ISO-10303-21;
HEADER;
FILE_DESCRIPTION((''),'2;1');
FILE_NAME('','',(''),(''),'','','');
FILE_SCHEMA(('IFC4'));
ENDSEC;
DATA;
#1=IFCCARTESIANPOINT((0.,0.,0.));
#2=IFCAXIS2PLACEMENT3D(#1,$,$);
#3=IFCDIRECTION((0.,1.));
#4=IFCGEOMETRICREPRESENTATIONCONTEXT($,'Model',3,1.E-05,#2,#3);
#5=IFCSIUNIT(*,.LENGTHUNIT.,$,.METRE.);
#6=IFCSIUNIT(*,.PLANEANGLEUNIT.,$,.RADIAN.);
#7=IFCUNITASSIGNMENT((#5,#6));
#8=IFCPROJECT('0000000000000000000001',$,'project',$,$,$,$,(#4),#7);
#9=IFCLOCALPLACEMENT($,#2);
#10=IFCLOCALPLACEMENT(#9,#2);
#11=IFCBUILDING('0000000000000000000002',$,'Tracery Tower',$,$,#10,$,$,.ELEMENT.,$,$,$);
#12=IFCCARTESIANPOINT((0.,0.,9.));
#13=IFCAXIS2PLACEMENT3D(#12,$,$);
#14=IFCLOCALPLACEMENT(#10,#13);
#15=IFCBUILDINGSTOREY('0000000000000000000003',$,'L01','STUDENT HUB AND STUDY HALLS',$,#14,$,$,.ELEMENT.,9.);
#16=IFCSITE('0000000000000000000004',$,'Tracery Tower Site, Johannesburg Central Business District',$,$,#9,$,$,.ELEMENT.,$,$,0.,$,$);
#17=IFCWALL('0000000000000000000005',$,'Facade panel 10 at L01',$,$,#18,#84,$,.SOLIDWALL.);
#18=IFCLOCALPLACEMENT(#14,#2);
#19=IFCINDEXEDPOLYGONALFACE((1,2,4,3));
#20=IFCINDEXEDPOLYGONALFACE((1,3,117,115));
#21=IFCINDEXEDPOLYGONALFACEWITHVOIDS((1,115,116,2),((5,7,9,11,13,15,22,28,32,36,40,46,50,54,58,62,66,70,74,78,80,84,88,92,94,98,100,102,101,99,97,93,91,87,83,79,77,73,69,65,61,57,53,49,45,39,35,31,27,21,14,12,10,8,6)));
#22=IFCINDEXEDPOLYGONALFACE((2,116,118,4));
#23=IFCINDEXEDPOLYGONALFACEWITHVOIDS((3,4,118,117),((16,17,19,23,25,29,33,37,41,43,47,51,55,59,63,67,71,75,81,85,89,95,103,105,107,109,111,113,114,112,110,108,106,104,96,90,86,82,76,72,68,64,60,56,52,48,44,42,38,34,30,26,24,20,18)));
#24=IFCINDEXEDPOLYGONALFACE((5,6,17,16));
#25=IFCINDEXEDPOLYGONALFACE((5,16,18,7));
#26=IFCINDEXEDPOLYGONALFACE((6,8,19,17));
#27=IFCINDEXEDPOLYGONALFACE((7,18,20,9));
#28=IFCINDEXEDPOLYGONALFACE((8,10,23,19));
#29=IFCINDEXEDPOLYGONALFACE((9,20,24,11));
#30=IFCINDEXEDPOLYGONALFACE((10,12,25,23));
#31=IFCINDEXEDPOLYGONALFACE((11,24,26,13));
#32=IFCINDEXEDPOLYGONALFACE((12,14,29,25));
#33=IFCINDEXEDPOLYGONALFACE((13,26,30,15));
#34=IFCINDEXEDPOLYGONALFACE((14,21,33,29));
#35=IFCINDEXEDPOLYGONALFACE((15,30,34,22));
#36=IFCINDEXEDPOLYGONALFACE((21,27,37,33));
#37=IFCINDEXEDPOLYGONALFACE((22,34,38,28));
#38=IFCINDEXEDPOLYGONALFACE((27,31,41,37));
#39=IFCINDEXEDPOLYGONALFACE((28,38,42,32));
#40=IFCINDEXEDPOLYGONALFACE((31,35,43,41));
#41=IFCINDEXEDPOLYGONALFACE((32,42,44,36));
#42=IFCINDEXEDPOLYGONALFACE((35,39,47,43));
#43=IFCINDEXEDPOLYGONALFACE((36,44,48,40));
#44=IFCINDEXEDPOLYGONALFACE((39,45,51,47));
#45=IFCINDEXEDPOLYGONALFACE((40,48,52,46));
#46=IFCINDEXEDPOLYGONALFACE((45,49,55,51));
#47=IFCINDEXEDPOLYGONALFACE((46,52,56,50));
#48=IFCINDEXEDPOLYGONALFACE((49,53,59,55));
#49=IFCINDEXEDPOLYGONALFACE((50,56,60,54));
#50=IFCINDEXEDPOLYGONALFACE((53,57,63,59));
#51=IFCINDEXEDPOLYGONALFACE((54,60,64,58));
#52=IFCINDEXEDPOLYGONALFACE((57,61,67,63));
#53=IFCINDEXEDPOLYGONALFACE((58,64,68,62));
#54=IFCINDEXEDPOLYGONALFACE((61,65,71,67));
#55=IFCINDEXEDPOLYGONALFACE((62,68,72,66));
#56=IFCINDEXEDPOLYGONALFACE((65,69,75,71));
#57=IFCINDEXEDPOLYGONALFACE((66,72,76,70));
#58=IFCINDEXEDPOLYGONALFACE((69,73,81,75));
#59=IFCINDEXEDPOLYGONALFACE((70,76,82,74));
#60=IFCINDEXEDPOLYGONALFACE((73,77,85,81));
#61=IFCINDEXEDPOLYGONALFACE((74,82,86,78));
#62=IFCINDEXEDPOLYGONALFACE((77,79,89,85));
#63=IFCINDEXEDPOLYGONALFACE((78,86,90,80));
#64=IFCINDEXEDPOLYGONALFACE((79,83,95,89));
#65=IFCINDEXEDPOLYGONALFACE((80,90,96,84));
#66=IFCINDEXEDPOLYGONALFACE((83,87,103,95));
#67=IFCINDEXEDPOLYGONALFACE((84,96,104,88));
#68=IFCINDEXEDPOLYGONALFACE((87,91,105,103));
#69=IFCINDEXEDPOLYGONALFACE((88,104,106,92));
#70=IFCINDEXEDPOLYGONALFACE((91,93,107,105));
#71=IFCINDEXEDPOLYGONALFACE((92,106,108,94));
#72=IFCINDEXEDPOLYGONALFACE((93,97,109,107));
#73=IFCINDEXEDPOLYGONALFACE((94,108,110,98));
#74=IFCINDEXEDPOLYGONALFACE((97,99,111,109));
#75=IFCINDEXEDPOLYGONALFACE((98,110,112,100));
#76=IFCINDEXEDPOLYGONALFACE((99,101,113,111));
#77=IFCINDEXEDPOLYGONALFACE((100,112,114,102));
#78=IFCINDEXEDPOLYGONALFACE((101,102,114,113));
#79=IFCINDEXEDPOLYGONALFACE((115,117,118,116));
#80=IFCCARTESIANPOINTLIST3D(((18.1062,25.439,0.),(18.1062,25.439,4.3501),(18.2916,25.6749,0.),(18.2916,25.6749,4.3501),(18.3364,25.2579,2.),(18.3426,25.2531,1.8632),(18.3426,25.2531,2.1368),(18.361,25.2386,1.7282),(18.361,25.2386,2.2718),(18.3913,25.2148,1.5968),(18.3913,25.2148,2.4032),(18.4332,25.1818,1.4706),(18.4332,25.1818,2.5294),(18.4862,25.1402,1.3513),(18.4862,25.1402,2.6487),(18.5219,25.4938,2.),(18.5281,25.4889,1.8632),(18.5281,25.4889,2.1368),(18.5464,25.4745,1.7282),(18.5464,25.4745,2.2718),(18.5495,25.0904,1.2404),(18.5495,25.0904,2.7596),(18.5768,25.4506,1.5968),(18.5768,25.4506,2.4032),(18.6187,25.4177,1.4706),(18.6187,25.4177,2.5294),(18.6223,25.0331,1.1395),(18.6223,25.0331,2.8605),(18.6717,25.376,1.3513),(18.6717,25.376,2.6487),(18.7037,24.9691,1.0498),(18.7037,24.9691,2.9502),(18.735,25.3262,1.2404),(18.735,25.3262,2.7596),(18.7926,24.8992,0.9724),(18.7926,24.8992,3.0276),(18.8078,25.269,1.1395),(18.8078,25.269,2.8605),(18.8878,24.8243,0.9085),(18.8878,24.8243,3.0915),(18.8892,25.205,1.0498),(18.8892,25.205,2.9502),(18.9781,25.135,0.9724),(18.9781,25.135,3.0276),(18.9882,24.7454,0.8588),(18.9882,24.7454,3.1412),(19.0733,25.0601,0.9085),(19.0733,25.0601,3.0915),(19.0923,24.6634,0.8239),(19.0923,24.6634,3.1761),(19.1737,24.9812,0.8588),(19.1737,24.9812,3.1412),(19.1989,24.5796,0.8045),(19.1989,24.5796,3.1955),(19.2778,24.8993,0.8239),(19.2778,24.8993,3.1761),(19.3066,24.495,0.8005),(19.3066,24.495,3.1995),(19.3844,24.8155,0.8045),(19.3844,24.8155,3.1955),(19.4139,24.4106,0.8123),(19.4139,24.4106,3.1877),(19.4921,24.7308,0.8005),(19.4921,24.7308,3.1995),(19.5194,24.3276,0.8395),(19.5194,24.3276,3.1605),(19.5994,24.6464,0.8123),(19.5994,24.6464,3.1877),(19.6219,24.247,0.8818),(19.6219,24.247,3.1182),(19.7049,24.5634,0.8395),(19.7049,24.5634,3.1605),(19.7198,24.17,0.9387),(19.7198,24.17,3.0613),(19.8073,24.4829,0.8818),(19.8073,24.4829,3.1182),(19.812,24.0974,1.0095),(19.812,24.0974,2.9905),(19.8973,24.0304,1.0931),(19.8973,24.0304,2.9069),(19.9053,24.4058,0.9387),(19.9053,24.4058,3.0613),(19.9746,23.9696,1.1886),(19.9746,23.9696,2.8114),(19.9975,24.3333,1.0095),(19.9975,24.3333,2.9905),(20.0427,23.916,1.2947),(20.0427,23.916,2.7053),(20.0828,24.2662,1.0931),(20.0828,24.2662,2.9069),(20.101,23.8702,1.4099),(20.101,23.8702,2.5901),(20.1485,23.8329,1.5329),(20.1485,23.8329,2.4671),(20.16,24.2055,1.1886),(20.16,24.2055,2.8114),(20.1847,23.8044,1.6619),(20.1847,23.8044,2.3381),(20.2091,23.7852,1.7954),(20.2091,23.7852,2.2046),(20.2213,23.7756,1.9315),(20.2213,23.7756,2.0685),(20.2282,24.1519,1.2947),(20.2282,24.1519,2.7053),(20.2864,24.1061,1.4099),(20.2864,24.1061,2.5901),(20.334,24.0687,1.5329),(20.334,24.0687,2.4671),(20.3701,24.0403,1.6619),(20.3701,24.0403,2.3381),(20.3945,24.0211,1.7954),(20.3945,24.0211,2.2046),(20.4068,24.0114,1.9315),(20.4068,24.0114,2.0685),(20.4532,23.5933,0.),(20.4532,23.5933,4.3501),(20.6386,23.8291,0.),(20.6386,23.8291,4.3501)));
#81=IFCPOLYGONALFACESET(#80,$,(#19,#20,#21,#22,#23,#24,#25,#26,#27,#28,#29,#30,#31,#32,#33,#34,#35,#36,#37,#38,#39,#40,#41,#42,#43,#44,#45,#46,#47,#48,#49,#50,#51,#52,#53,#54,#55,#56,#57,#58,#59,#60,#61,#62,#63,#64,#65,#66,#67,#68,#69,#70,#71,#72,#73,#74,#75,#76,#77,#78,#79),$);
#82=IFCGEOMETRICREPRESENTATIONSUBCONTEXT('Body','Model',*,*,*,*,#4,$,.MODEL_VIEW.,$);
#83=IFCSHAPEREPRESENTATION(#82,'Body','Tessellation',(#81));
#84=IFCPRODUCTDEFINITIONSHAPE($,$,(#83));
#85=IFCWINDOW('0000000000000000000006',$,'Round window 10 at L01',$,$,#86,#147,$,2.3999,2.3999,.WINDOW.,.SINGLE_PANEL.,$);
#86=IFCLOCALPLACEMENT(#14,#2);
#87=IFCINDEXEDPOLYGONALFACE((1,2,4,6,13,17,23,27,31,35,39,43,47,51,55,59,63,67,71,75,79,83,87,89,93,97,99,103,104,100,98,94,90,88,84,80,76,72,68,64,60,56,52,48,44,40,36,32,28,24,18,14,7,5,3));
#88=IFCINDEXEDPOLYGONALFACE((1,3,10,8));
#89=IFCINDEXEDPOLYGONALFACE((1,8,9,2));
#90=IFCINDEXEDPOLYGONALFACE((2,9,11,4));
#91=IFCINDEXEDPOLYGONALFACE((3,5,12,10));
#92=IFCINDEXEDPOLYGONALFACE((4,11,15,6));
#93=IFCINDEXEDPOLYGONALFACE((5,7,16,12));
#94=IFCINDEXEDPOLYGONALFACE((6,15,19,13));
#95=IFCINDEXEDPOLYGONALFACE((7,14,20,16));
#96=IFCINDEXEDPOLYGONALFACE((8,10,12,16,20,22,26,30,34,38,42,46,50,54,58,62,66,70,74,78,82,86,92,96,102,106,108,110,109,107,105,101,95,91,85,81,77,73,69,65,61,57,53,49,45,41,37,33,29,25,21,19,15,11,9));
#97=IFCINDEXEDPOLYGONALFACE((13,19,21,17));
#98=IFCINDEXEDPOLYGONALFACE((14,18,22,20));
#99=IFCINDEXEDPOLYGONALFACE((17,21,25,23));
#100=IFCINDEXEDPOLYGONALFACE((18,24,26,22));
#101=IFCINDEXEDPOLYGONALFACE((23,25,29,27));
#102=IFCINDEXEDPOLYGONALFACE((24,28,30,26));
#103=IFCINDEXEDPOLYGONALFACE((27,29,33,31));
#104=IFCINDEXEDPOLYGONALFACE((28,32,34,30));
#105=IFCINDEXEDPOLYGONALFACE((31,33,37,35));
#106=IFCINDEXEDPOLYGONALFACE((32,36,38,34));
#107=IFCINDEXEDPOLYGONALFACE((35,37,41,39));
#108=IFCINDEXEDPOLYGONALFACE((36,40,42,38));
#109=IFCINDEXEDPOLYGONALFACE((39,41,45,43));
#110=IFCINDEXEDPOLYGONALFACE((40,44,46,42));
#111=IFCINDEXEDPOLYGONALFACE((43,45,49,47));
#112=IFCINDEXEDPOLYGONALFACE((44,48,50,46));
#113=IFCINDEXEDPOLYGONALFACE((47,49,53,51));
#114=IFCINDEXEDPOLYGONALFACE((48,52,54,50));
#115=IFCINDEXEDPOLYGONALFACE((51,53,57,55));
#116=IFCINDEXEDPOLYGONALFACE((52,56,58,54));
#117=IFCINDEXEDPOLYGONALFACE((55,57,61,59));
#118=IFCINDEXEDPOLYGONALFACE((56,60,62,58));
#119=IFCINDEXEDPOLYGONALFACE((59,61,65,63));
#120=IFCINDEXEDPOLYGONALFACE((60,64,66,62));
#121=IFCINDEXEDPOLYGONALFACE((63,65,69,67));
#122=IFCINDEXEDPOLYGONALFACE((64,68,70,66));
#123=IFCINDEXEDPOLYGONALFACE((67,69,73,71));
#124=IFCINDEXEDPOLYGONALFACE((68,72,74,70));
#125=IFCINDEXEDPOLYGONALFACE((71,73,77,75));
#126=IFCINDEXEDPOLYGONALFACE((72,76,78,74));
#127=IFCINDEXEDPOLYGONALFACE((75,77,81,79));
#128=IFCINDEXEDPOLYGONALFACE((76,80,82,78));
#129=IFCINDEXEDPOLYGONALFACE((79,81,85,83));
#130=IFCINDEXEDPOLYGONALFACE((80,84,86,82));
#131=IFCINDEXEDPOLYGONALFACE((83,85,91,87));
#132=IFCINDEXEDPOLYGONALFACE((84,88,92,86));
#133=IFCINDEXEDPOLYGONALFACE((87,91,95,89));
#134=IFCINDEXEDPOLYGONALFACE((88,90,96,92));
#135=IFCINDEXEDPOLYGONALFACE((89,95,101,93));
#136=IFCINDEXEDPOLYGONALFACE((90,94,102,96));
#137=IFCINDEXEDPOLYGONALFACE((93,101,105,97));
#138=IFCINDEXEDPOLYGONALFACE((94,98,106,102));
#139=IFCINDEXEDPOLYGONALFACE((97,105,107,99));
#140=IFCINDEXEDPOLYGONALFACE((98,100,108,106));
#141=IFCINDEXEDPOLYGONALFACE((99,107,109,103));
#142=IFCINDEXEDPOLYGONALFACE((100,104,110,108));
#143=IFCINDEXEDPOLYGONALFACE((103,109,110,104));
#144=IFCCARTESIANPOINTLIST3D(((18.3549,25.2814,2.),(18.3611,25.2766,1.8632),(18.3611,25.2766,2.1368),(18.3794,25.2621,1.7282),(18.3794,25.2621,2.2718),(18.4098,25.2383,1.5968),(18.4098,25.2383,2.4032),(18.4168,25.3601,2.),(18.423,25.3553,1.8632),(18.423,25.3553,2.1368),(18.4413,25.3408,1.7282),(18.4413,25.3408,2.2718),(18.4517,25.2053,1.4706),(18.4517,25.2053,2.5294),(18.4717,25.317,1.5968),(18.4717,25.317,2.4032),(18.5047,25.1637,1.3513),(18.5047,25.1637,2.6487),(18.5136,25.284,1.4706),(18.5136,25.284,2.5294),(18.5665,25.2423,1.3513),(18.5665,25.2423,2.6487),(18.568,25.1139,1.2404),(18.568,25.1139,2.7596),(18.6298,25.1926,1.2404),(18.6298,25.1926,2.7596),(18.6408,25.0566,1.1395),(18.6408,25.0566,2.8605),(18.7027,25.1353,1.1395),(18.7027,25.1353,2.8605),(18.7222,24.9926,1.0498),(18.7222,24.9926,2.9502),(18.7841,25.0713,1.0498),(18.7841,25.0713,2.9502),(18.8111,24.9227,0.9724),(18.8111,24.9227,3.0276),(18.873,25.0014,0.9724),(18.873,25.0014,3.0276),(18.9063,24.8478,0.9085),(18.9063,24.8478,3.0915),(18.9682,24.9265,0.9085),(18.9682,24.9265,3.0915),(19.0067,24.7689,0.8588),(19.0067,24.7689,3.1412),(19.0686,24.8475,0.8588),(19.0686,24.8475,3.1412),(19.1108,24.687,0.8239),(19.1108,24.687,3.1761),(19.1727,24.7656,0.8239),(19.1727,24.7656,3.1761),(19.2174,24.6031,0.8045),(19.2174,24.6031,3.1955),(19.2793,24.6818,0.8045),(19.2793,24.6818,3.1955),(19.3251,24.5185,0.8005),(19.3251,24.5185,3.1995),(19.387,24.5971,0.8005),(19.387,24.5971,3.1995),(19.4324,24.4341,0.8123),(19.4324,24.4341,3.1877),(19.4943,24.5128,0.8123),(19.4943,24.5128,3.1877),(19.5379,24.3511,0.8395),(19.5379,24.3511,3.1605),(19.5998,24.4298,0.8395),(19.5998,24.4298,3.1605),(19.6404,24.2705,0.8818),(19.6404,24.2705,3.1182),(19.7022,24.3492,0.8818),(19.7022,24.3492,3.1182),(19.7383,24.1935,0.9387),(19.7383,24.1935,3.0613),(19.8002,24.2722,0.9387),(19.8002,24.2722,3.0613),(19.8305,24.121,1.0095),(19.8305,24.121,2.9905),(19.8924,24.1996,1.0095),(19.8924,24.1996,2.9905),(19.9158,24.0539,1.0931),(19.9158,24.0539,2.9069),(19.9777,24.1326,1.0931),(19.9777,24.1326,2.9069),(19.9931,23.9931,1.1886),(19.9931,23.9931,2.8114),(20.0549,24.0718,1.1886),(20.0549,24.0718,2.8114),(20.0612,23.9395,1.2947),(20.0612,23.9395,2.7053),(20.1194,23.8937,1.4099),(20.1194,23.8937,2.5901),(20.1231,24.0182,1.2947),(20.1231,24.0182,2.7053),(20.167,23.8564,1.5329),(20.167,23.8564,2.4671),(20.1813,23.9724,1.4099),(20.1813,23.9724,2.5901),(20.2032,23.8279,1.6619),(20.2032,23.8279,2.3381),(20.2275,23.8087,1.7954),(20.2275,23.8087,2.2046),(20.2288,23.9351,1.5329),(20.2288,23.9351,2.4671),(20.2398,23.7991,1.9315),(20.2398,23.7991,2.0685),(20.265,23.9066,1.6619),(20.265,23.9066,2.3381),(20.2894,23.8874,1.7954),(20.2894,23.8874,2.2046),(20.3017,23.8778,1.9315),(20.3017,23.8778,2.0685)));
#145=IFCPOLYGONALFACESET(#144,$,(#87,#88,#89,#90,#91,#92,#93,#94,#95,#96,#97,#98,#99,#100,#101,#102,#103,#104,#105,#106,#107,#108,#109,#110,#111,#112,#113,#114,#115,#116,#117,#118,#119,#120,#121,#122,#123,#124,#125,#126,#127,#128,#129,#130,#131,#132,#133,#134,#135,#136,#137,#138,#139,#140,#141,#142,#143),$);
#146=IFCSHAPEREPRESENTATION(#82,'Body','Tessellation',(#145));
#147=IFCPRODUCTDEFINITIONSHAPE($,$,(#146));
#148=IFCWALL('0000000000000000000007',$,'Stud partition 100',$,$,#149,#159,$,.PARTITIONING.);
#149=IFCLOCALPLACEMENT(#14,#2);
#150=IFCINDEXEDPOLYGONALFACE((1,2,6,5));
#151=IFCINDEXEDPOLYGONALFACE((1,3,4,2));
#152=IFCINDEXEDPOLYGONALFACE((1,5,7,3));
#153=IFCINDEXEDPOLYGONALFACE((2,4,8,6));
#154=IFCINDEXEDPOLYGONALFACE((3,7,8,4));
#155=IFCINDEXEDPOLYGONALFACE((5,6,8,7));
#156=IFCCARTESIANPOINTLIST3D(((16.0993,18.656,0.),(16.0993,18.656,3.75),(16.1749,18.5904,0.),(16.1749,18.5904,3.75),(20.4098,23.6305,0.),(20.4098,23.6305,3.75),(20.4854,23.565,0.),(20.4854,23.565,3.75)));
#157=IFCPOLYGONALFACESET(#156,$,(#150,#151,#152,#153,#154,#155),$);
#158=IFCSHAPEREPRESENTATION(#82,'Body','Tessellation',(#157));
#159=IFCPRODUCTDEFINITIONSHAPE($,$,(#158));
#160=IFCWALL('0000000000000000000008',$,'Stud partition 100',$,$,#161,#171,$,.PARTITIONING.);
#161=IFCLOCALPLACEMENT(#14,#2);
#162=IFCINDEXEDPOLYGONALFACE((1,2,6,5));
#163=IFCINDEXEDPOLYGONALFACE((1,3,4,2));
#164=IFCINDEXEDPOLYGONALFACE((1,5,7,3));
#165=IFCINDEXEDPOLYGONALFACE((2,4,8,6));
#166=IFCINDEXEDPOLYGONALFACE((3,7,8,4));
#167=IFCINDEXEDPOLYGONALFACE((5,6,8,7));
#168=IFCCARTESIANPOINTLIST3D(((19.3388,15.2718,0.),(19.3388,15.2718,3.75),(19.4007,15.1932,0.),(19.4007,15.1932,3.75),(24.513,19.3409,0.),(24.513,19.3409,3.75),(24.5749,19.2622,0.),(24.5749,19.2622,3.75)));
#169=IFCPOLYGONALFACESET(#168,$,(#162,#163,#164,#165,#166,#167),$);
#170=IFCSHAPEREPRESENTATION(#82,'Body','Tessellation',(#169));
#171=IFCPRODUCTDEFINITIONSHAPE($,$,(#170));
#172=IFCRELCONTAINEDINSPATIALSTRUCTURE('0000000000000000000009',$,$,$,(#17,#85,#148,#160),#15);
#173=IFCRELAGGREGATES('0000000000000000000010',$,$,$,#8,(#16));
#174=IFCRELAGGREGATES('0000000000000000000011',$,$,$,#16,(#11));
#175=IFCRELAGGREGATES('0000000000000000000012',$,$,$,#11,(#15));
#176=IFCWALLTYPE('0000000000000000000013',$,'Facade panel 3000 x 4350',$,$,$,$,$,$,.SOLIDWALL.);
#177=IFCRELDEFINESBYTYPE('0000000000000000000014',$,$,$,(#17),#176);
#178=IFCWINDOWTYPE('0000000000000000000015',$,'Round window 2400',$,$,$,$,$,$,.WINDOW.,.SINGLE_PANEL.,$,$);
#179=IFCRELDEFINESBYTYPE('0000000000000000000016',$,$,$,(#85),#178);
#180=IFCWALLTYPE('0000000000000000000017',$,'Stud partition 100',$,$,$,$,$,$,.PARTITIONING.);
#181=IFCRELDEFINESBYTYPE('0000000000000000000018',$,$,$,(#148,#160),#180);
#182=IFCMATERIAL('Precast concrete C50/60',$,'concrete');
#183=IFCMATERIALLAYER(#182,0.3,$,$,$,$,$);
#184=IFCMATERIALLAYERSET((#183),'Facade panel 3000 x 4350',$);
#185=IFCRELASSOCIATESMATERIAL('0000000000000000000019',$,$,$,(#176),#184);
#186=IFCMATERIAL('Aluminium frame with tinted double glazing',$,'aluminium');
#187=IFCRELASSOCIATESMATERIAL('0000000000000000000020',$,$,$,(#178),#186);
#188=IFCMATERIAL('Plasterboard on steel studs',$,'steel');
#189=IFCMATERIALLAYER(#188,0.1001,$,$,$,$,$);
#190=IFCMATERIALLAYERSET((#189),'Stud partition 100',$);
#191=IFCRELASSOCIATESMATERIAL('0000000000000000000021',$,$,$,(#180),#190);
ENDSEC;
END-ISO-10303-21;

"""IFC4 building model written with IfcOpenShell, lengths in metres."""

from ifc_helpers import new_model, si_unit, direction, frame, frame_2d, origin, origin_2d, place, context, subcontext, project, spatial, rectangle, circle, extrude, material, layer, layer_set, type_object, element, fill, save


model = new_model("IFC4")

# Units and contexts
model_context = context("Model", 3, precision=1e-05, world=origin(), true_north=direction((0.0, 1.0)))
body_context = subcontext(model_context, "Body", "Model", "MODEL_VIEW")
ifc_project = project(units=[si_unit("LENGTHUNIT", "METRE"), si_unit("PLANEANGLEUNIT", "RADIAN")], contexts=[model_context])

# Site, building, storey
site_placement = place(None, origin())
site = spatial("IfcSite", under=ifc_project, at=site_placement, Name="Tracery Tower Site, Johannesburg Central Business District", CompositionType="ELEMENT", RefElevation=0.0)
building_placement = place(site_placement, origin())
building = spatial("IfcBuilding", under=site, at=building_placement, Name="Tracery Tower", CompositionType="ELEMENT")
storey_placement = place(building_placement, frame((0.0, 0.0, 9.0)))
storey = spatial("IfcBuildingStorey", under=building, at=storey_placement, Name="L01", Description="STUDENT HUB AND STUDY HALLS", CompositionType="ELEMENT", Elevation=9.0)

# Wall, opening, window
ifc_material_1 = material(Name="Precast concrete C50/60", Category="concrete")
ifc_layer_1 = layer(ifc_material_1, 0.3)
ifc_layer_set_1 = layer_set([ifc_layer_1], Name="Facade panel 3000 x 4350")
wall_type_1 = type_object("IfcWallType", Name="Facade panel 3000 x 4350", PredefinedType="SOLIDWALL", material=ifc_layer_set_1)
ifc_material_2 = material(Name="Aluminium frame with tinted double glazing", Category="aluminium")
window_type = type_object("IfcWindowType", Name="Round window 2400", PartitioningType="SINGLE_PANEL", PredefinedType="WINDOW", material=ifc_material_2)
wall_1_placement = place(storey_placement, frame((20.5459, 23.7112, 0.0), z_axis=(0.0, 0.0, 1.0), x_axis=(-0.786043, 0.618172, 0.0)))
wall_1 = element("IfcWall", 1, at=wall_1_placement, inside=storey, type_object=wall_type_1, Name="Facade panel 10 at L01", PredefinedType="SOLIDWALL", context=body_context, shape_type="SweptSolid", body=[
    extrude(rectangle(XDim=2.9858, YDim=0.3, at=frame_2d((1.4929, 0.0))), origin(), (0.0, 0.0, 1.0), 4.3501),
])
opening_1_placement = place(wall_1_placement, frame((1.4929, 0.0, 2.0)))
opening_1 = element("IfcOpeningElement", 2, at=opening_1_placement, cuts=wall_1, PredefinedType="OPENING", context=body_context, shape_type="SweptSolid", body=[
    extrude(circle(Radius=1.2, at=origin_2d()), frame((0.0, 0.1599, 0.0), z_axis=(0.0, -1.0, 0.0), x_axis=(1.0, 0.0, 0.0)), (0.0, 0.0, 1.0), 0.3201),
])
window_1_placement = place(opening_1_placement, origin())
window_1 = element("IfcWindow", 3, at=window_1_placement, inside=storey, type_object=window_type, Name="Round window 10 at L01", OverallHeight=2.3999, OverallWidth=2.3999, PartitioningType="SINGLE_PANEL", PredefinedType="WINDOW", context=body_context, shape_type="SweptSolid", body=[
    extrude(circle(Radius=1.2, at=origin_2d()), frame((0.0, 0.1201, 0.0), z_axis=(0.0, -1.0, 0.0), x_axis=(1.0, 0.0, 0.0)), (0.0, 0.0, 1.0), 0.1001),
])
fill(opening_1, window_1)

# Walls
ifc_material_3 = material(Name="Plasterboard on steel studs", Category="steel")
ifc_layer_2 = layer(ifc_material_3, 0.1001)
ifc_layer_set_2 = layer_set([ifc_layer_2], Name="Stud partition 100")
wall_type_2 = type_object("IfcWallType", Name="Stud partition 100", PredefinedType="PARTITIONING", material=ifc_layer_set_2)
wall_2_placement = place(storey_placement, frame((20.4475, 23.5977, 0.0), z_axis=(0.0, 0.0, 1.0), x_axis=(-0.654863, -0.755748, 0.0)))
element("IfcWall", 4, at=wall_2_placement, inside=storey, type_object=wall_type_2, Name="Stud partition 100", PredefinedType="PARTITIONING", context=body_context, shape_type="SweptSolid", body=[
    extrude(rectangle(XDim=6.5823, YDim=0.1001, at=frame_2d((3.291, 0.0))), origin(), (0.0, 0.0, 1.0), 3.75),
])
wall_3_placement = place(storey_placement, frame((24.5439, 19.3015, 0.0), z_axis=(0.0, 0.0, 1.0), x_axis=(-0.786056, -0.618156, 0.0)))
element("IfcWall", 5, at=wall_3_placement, inside=storey, type_object=wall_type_2, Name="Stud partition 100", PredefinedType="PARTITIONING", context=body_context, shape_type="SweptSolid", body=[
    extrude(rectangle(XDim=6.5825, YDim=0.1001, at=frame_2d((3.2913, 0.0))), origin(), (0.0, 0.0, 1.0), 3.75),
])

save(model, "model.ifc")
